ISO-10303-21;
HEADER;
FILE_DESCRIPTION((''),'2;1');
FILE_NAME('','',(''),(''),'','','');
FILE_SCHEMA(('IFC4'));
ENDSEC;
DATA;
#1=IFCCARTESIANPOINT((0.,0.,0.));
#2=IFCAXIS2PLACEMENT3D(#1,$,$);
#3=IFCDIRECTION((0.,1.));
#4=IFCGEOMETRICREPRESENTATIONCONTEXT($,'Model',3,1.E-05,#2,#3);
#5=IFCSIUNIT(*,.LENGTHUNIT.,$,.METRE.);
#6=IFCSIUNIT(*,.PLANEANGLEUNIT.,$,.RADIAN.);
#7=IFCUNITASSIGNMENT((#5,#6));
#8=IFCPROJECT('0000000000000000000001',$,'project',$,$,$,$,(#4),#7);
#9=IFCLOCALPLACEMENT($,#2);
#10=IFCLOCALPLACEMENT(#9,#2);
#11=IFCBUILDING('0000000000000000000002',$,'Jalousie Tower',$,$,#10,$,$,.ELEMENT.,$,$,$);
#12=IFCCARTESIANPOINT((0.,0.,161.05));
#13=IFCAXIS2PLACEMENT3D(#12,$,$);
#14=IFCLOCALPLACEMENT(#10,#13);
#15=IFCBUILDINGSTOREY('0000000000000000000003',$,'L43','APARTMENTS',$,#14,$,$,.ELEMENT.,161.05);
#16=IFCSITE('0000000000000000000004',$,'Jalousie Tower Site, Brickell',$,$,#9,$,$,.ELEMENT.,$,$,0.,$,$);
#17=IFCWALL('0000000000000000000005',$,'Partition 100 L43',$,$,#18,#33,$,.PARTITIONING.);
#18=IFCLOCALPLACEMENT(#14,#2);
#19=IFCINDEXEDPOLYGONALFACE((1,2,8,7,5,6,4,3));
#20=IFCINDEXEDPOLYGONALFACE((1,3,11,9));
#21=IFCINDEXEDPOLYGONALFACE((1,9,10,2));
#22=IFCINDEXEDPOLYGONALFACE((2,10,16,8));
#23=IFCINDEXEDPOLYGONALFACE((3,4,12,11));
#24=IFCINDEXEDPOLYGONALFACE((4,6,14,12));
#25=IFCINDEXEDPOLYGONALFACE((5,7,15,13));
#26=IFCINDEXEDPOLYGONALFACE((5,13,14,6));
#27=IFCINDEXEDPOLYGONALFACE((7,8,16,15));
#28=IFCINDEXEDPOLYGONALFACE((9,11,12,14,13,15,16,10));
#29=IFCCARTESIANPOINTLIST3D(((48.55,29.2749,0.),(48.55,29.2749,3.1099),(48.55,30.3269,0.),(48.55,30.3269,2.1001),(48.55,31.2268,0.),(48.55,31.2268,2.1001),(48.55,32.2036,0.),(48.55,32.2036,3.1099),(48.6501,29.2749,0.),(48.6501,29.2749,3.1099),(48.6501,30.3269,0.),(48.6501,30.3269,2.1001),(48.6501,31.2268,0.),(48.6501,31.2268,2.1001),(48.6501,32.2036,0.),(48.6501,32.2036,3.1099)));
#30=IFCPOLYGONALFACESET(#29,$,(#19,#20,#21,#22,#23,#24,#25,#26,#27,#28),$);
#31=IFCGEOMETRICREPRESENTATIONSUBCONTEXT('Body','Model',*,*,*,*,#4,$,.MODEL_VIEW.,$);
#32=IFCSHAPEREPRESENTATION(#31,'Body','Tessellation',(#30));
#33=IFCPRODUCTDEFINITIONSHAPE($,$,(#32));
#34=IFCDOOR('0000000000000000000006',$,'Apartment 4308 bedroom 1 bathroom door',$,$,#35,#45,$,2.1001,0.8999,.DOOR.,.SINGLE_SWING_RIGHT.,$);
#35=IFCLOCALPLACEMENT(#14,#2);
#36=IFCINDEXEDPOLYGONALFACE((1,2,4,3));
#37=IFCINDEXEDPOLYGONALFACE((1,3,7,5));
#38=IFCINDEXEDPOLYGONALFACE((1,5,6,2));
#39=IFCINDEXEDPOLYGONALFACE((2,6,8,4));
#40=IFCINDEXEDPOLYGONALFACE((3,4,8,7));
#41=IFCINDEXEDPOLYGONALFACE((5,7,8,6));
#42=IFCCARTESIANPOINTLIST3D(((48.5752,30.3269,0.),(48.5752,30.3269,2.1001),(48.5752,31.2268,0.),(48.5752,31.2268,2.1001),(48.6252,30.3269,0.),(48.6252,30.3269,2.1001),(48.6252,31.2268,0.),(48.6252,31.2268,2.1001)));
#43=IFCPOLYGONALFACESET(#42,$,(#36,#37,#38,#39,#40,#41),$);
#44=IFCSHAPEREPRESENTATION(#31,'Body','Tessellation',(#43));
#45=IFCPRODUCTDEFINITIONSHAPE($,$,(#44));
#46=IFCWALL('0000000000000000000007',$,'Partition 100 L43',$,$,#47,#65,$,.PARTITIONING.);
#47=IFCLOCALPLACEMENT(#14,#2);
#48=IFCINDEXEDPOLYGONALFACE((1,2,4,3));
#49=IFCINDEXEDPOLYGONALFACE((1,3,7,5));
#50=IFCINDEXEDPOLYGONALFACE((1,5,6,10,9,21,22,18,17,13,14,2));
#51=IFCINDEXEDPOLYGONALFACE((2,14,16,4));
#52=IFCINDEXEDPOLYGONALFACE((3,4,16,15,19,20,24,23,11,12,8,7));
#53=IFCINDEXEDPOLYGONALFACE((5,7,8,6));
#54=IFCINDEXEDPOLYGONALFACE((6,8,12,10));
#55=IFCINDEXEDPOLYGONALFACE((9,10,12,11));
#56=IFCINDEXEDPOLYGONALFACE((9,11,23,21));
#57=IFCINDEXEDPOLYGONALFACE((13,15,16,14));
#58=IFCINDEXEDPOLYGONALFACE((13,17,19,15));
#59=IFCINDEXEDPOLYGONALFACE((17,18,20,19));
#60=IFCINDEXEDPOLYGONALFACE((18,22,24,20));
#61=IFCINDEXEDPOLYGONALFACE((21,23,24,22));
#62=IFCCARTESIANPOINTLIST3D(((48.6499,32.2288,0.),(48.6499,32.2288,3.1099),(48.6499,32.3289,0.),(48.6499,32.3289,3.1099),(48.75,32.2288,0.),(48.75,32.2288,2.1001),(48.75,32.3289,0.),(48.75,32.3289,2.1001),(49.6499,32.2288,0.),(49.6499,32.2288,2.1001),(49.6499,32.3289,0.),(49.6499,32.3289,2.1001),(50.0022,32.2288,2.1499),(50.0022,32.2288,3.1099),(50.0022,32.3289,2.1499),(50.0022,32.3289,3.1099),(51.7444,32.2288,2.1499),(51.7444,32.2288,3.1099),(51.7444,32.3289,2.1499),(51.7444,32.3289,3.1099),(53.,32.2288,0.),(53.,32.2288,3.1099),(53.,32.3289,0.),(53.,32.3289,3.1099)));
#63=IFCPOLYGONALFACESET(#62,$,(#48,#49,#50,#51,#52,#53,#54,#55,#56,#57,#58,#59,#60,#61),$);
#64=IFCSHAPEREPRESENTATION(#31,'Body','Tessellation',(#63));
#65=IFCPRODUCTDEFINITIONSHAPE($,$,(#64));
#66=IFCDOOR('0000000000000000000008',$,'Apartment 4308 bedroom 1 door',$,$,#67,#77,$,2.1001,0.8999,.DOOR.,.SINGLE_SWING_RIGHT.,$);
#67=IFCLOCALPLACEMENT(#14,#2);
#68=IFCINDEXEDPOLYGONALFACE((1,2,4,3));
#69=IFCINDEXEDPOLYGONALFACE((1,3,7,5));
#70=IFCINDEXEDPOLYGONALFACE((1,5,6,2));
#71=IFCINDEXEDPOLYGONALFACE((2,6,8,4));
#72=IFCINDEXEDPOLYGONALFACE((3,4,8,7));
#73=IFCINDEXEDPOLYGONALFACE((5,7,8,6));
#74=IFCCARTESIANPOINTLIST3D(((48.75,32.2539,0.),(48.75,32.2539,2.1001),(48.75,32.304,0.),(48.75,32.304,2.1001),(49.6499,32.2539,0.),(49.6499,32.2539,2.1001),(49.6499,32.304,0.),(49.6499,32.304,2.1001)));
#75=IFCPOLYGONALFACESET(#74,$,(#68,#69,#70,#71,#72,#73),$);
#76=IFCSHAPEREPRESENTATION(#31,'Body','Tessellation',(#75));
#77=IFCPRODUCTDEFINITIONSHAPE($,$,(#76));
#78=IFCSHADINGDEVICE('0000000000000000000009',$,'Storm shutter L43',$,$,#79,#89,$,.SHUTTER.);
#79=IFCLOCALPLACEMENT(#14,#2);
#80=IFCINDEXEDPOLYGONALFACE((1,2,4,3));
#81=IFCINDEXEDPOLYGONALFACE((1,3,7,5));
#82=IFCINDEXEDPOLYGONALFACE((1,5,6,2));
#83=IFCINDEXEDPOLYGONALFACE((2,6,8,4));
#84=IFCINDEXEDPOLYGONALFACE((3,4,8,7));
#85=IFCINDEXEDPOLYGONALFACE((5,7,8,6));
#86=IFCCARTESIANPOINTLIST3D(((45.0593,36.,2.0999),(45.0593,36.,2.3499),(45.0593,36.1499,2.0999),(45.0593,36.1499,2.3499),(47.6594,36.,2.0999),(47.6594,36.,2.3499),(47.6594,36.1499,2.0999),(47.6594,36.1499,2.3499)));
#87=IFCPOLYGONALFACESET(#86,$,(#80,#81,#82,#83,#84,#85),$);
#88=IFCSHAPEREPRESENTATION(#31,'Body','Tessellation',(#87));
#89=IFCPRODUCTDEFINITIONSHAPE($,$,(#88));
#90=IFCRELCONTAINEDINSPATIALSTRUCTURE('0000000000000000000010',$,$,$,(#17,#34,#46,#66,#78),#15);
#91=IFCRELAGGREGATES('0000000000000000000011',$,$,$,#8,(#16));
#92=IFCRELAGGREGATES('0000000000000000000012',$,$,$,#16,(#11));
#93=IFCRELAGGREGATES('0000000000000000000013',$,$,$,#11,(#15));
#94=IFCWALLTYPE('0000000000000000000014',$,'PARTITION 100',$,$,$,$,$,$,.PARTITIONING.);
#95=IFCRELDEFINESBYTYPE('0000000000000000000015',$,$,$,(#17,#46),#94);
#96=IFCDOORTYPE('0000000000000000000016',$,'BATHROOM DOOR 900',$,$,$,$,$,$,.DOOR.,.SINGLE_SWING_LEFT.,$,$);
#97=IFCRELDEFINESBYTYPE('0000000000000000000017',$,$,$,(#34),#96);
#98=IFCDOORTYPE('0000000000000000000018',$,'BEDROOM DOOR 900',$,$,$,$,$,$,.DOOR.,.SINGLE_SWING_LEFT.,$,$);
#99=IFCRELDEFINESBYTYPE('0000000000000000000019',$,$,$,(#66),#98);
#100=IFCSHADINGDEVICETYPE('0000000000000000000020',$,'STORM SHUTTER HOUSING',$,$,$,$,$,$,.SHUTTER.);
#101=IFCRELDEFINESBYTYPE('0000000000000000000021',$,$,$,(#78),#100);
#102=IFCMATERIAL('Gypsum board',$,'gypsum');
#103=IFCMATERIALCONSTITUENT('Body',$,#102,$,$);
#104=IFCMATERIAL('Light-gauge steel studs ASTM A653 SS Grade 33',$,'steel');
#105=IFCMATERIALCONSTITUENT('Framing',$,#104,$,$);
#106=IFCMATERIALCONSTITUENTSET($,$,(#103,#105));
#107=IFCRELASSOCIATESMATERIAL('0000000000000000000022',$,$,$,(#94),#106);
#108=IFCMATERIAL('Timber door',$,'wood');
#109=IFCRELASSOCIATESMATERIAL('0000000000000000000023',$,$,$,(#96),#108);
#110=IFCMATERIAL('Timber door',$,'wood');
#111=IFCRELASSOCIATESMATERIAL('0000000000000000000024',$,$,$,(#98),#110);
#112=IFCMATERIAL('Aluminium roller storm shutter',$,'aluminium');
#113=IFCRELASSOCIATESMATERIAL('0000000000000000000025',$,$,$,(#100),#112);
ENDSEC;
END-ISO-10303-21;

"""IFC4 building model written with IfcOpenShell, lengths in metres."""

from ifc_helpers import new_model, si_unit, direction, frame, frame_2d, origin, origin_2d, place, context, subcontext, project, spatial, polyline, rectangle, outline, extrude, material, constituent, constituent_set, type_object, element, fill, save


model = new_model("IFC4")

# Units and contexts
model_context = context("Model", 3, precision=1e-05, world=origin(), true_north=direction((0.0, 1.0)))
body_context = subcontext(model_context, "Body", "Model", "MODEL_VIEW")
ifc_project = project(units=[si_unit("LENGTHUNIT", "METRE"), si_unit("PLANEANGLEUNIT", "RADIAN")], contexts=[model_context])

# Site, building, storey
site_placement = place(None, origin())
site = spatial("IfcSite", under=ifc_project, at=site_placement, Name="Jalousie Tower Site, Brickell", CompositionType="ELEMENT", RefElevation=0.0)
building_placement = place(site_placement, origin())
building = spatial("IfcBuilding", under=site, at=building_placement, Name="Jalousie Tower", CompositionType="ELEMENT")
storey_placement = place(building_placement, frame((0.0, 0.0, 161.05)))
storey = spatial("IfcBuildingStorey", under=building, at=storey_placement, Name="L43", Description="APARTMENTS", CompositionType="ELEMENT", Elevation=161.05)

# Walls, openings, doors
ifc_material_1 = material(Name="Gypsum board", Category="gypsum")
ifc_constituent_1 = constituent(ifc_material_1, Name="Body")
ifc_material_2 = material(Name="Light-gauge steel studs ASTM A653 SS Grade 33", Category="steel")
ifc_constituent_2 = constituent(ifc_material_2, Name="Framing")
ifc_constituent_set_1 = constituent_set(constituents=[ifc_constituent_1, ifc_constituent_2])
wall_type_1 = type_object("IfcWallType", Name="PARTITION 100", PredefinedType="PARTITIONING", material=ifc_constituent_set_1)
wall_1_placement = place(storey_placement, frame((48.6001, 32.2036, 0.0), z_axis=(0.0, 0.0, 1.0), x_axis=(0.0, -1.0, 0.0)))
wall_1 = element("IfcWall", 1, at=wall_1_placement, inside=storey, type_object=wall_type_1, Name="Partition 100 L43", PredefinedType="PARTITIONING", context=body_context, shape_type="SweptSolid", body=[
    extrude(rectangle(XDim=2.9287, YDim=0.1001, at=frame_2d((1.4644, 0.0))), origin(), (0.0, 0.0, 1.0), 3.1099),
])
opening_1_placement = place(wall_1_placement, frame((0.9768, 0.0, 0.0)))
opening_1 = element("IfcOpeningElement", 2, at=opening_1_placement, cuts=wall_1, PredefinedType="OPENING", context=body_context, shape_type="SweptSolid", body=[
    extrude(rectangle(XDim=0.8999, YDim=2.1001, at=frame_2d((0.45, 1.05))), frame((0.0, 0.0601, 0.0), z_axis=(0.0, -1.0, 0.0), x_axis=(1.0, 0.0, 0.0)), (0.0, 0.0, 1.0), 0.1201),
])
ifc_material_3 = material(Name="Timber door", Category="wood")
door_type_1 = type_object("IfcDoorType", Name="BATHROOM DOOR 900", OperationType="SINGLE_SWING_LEFT", PredefinedType="DOOR", material=ifc_material_3)
door_1_placement = place(opening_1_placement, frame((0.8999, 0.0, 0.0), z_axis=(0.0, 0.0, 1.0), x_axis=(-1.0, 0.0, 0.0)))
door_1 = element("IfcDoor", 3, at=door_1_placement, inside=storey, type_object=door_type_1, Name="Apartment 4308 bedroom 1 bathroom door", OperationType="SINGLE_SWING_RIGHT", OverallHeight=2.1001, OverallWidth=0.8999, PredefinedType="DOOR", context=body_context, shape_type="SweptSolid", body=[
    extrude(rectangle(XDim=0.8999, YDim=2.1001, at=frame_2d((0.45, 1.05))), frame((0.0, 0.0249, 0.0), z_axis=(0.0, -1.0, 0.0), x_axis=(1.0, 0.0, 0.0)), (0.0, 0.0, 1.0), 0.05),
])
fill(opening_1, door_1)
wall_2_placement = place(storey_placement, frame((48.6499, 32.2788, 0.0), z_axis=(0.0, 0.0, 1.0), x_axis=(1.0, 0.0, 0.0)))
wall_2 = element("IfcWall", 4, at=wall_2_placement, inside=storey, type_object=wall_type_1, Name="Partition 100 L43", PredefinedType="PARTITIONING", context=body_context, shape_type="SweptSolid", body=[
    extrude(outline(polyline([(0.0, 0.0), (4.3501, 0.0), (4.3501, 3.1099), (3.0945, 3.1099), (3.0945, 2.1499), (1.3523, 2.1499), (1.3523, 3.1099), (0.0, 3.1099), (0.0, 0.0)])), frame((0.0, 0.05, 0.0), z_axis=(0.0, -1.0, 0.0), x_axis=(1.0, 0.0, 0.0)), (0.0, 0.0, 1.0), 0.1001),
])
opening_2_placement = place(wall_2_placement, frame((0.1001, 0.0, 0.0)))
opening_2 = element("IfcOpeningElement", 5, at=opening_2_placement, cuts=wall_2, PredefinedType="OPENING", context=body_context, shape_type="SweptSolid", body=[
    extrude(rectangle(XDim=0.8999, YDim=2.1001, at=frame_2d((0.45, 1.05))), frame((0.0, 0.0601, 0.0), z_axis=(0.0, -1.0, 0.0), x_axis=(1.0, 0.0, 0.0)), (0.0, 0.0, 1.0), 0.1201),
])
ifc_material_4 = material(Name="Timber door", Category="wood")
door_type_2 = type_object("IfcDoorType", Name="BEDROOM DOOR 900", OperationType="SINGLE_SWING_LEFT", PredefinedType="DOOR", material=ifc_material_4)
door_2_placement = place(opening_2_placement, frame((0.8999, 0.0, 0.0), z_axis=(0.0, 0.0, 1.0), x_axis=(-1.0, 0.0, 0.0)))
door_2 = element("IfcDoor", 6, at=door_2_placement, inside=storey, type_object=door_type_2, Name="Apartment 4308 bedroom 1 door", OperationType="SINGLE_SWING_RIGHT", OverallHeight=2.1001, OverallWidth=0.8999, PredefinedType="DOOR", context=body_context, shape_type="SweptSolid", body=[
    extrude(rectangle(XDim=0.8999, YDim=2.1001, at=frame_2d((0.45, 1.05))), frame((0.0, 0.0249, 0.0), z_axis=(0.0, -1.0, 0.0), x_axis=(1.0, 0.0, 0.0)), (0.0, 0.0, 1.0), 0.05),
])
fill(opening_2, door_2)

# Shading device
ifc_material_5 = material(Name="Aluminium roller storm shutter", Category="aluminium")
shading_device_type = type_object("IfcShadingDeviceType", Name="STORM SHUTTER HOUSING", PredefinedType="SHUTTER", material=ifc_material_5)
shading_device_placement = place(storey_placement, frame((46.3594, 36.075, 2.0999), z_axis=(0.0, 0.0, 1.0), x_axis=(-1.0, 0.0, 0.0)))
element("IfcShadingDevice", 7, at=shading_device_placement, inside=storey, type_object=shading_device_type, Name="Storm shutter L43", PredefinedType="SHUTTER", context=body_context, shape_type="SweptSolid", body=[
    extrude(rectangle(XDim=2.6001, YDim=0.1499, at=origin_2d()), origin(), (0.0, 0.0, 1.0), 0.25),
])

save(model, "model.ifc")
